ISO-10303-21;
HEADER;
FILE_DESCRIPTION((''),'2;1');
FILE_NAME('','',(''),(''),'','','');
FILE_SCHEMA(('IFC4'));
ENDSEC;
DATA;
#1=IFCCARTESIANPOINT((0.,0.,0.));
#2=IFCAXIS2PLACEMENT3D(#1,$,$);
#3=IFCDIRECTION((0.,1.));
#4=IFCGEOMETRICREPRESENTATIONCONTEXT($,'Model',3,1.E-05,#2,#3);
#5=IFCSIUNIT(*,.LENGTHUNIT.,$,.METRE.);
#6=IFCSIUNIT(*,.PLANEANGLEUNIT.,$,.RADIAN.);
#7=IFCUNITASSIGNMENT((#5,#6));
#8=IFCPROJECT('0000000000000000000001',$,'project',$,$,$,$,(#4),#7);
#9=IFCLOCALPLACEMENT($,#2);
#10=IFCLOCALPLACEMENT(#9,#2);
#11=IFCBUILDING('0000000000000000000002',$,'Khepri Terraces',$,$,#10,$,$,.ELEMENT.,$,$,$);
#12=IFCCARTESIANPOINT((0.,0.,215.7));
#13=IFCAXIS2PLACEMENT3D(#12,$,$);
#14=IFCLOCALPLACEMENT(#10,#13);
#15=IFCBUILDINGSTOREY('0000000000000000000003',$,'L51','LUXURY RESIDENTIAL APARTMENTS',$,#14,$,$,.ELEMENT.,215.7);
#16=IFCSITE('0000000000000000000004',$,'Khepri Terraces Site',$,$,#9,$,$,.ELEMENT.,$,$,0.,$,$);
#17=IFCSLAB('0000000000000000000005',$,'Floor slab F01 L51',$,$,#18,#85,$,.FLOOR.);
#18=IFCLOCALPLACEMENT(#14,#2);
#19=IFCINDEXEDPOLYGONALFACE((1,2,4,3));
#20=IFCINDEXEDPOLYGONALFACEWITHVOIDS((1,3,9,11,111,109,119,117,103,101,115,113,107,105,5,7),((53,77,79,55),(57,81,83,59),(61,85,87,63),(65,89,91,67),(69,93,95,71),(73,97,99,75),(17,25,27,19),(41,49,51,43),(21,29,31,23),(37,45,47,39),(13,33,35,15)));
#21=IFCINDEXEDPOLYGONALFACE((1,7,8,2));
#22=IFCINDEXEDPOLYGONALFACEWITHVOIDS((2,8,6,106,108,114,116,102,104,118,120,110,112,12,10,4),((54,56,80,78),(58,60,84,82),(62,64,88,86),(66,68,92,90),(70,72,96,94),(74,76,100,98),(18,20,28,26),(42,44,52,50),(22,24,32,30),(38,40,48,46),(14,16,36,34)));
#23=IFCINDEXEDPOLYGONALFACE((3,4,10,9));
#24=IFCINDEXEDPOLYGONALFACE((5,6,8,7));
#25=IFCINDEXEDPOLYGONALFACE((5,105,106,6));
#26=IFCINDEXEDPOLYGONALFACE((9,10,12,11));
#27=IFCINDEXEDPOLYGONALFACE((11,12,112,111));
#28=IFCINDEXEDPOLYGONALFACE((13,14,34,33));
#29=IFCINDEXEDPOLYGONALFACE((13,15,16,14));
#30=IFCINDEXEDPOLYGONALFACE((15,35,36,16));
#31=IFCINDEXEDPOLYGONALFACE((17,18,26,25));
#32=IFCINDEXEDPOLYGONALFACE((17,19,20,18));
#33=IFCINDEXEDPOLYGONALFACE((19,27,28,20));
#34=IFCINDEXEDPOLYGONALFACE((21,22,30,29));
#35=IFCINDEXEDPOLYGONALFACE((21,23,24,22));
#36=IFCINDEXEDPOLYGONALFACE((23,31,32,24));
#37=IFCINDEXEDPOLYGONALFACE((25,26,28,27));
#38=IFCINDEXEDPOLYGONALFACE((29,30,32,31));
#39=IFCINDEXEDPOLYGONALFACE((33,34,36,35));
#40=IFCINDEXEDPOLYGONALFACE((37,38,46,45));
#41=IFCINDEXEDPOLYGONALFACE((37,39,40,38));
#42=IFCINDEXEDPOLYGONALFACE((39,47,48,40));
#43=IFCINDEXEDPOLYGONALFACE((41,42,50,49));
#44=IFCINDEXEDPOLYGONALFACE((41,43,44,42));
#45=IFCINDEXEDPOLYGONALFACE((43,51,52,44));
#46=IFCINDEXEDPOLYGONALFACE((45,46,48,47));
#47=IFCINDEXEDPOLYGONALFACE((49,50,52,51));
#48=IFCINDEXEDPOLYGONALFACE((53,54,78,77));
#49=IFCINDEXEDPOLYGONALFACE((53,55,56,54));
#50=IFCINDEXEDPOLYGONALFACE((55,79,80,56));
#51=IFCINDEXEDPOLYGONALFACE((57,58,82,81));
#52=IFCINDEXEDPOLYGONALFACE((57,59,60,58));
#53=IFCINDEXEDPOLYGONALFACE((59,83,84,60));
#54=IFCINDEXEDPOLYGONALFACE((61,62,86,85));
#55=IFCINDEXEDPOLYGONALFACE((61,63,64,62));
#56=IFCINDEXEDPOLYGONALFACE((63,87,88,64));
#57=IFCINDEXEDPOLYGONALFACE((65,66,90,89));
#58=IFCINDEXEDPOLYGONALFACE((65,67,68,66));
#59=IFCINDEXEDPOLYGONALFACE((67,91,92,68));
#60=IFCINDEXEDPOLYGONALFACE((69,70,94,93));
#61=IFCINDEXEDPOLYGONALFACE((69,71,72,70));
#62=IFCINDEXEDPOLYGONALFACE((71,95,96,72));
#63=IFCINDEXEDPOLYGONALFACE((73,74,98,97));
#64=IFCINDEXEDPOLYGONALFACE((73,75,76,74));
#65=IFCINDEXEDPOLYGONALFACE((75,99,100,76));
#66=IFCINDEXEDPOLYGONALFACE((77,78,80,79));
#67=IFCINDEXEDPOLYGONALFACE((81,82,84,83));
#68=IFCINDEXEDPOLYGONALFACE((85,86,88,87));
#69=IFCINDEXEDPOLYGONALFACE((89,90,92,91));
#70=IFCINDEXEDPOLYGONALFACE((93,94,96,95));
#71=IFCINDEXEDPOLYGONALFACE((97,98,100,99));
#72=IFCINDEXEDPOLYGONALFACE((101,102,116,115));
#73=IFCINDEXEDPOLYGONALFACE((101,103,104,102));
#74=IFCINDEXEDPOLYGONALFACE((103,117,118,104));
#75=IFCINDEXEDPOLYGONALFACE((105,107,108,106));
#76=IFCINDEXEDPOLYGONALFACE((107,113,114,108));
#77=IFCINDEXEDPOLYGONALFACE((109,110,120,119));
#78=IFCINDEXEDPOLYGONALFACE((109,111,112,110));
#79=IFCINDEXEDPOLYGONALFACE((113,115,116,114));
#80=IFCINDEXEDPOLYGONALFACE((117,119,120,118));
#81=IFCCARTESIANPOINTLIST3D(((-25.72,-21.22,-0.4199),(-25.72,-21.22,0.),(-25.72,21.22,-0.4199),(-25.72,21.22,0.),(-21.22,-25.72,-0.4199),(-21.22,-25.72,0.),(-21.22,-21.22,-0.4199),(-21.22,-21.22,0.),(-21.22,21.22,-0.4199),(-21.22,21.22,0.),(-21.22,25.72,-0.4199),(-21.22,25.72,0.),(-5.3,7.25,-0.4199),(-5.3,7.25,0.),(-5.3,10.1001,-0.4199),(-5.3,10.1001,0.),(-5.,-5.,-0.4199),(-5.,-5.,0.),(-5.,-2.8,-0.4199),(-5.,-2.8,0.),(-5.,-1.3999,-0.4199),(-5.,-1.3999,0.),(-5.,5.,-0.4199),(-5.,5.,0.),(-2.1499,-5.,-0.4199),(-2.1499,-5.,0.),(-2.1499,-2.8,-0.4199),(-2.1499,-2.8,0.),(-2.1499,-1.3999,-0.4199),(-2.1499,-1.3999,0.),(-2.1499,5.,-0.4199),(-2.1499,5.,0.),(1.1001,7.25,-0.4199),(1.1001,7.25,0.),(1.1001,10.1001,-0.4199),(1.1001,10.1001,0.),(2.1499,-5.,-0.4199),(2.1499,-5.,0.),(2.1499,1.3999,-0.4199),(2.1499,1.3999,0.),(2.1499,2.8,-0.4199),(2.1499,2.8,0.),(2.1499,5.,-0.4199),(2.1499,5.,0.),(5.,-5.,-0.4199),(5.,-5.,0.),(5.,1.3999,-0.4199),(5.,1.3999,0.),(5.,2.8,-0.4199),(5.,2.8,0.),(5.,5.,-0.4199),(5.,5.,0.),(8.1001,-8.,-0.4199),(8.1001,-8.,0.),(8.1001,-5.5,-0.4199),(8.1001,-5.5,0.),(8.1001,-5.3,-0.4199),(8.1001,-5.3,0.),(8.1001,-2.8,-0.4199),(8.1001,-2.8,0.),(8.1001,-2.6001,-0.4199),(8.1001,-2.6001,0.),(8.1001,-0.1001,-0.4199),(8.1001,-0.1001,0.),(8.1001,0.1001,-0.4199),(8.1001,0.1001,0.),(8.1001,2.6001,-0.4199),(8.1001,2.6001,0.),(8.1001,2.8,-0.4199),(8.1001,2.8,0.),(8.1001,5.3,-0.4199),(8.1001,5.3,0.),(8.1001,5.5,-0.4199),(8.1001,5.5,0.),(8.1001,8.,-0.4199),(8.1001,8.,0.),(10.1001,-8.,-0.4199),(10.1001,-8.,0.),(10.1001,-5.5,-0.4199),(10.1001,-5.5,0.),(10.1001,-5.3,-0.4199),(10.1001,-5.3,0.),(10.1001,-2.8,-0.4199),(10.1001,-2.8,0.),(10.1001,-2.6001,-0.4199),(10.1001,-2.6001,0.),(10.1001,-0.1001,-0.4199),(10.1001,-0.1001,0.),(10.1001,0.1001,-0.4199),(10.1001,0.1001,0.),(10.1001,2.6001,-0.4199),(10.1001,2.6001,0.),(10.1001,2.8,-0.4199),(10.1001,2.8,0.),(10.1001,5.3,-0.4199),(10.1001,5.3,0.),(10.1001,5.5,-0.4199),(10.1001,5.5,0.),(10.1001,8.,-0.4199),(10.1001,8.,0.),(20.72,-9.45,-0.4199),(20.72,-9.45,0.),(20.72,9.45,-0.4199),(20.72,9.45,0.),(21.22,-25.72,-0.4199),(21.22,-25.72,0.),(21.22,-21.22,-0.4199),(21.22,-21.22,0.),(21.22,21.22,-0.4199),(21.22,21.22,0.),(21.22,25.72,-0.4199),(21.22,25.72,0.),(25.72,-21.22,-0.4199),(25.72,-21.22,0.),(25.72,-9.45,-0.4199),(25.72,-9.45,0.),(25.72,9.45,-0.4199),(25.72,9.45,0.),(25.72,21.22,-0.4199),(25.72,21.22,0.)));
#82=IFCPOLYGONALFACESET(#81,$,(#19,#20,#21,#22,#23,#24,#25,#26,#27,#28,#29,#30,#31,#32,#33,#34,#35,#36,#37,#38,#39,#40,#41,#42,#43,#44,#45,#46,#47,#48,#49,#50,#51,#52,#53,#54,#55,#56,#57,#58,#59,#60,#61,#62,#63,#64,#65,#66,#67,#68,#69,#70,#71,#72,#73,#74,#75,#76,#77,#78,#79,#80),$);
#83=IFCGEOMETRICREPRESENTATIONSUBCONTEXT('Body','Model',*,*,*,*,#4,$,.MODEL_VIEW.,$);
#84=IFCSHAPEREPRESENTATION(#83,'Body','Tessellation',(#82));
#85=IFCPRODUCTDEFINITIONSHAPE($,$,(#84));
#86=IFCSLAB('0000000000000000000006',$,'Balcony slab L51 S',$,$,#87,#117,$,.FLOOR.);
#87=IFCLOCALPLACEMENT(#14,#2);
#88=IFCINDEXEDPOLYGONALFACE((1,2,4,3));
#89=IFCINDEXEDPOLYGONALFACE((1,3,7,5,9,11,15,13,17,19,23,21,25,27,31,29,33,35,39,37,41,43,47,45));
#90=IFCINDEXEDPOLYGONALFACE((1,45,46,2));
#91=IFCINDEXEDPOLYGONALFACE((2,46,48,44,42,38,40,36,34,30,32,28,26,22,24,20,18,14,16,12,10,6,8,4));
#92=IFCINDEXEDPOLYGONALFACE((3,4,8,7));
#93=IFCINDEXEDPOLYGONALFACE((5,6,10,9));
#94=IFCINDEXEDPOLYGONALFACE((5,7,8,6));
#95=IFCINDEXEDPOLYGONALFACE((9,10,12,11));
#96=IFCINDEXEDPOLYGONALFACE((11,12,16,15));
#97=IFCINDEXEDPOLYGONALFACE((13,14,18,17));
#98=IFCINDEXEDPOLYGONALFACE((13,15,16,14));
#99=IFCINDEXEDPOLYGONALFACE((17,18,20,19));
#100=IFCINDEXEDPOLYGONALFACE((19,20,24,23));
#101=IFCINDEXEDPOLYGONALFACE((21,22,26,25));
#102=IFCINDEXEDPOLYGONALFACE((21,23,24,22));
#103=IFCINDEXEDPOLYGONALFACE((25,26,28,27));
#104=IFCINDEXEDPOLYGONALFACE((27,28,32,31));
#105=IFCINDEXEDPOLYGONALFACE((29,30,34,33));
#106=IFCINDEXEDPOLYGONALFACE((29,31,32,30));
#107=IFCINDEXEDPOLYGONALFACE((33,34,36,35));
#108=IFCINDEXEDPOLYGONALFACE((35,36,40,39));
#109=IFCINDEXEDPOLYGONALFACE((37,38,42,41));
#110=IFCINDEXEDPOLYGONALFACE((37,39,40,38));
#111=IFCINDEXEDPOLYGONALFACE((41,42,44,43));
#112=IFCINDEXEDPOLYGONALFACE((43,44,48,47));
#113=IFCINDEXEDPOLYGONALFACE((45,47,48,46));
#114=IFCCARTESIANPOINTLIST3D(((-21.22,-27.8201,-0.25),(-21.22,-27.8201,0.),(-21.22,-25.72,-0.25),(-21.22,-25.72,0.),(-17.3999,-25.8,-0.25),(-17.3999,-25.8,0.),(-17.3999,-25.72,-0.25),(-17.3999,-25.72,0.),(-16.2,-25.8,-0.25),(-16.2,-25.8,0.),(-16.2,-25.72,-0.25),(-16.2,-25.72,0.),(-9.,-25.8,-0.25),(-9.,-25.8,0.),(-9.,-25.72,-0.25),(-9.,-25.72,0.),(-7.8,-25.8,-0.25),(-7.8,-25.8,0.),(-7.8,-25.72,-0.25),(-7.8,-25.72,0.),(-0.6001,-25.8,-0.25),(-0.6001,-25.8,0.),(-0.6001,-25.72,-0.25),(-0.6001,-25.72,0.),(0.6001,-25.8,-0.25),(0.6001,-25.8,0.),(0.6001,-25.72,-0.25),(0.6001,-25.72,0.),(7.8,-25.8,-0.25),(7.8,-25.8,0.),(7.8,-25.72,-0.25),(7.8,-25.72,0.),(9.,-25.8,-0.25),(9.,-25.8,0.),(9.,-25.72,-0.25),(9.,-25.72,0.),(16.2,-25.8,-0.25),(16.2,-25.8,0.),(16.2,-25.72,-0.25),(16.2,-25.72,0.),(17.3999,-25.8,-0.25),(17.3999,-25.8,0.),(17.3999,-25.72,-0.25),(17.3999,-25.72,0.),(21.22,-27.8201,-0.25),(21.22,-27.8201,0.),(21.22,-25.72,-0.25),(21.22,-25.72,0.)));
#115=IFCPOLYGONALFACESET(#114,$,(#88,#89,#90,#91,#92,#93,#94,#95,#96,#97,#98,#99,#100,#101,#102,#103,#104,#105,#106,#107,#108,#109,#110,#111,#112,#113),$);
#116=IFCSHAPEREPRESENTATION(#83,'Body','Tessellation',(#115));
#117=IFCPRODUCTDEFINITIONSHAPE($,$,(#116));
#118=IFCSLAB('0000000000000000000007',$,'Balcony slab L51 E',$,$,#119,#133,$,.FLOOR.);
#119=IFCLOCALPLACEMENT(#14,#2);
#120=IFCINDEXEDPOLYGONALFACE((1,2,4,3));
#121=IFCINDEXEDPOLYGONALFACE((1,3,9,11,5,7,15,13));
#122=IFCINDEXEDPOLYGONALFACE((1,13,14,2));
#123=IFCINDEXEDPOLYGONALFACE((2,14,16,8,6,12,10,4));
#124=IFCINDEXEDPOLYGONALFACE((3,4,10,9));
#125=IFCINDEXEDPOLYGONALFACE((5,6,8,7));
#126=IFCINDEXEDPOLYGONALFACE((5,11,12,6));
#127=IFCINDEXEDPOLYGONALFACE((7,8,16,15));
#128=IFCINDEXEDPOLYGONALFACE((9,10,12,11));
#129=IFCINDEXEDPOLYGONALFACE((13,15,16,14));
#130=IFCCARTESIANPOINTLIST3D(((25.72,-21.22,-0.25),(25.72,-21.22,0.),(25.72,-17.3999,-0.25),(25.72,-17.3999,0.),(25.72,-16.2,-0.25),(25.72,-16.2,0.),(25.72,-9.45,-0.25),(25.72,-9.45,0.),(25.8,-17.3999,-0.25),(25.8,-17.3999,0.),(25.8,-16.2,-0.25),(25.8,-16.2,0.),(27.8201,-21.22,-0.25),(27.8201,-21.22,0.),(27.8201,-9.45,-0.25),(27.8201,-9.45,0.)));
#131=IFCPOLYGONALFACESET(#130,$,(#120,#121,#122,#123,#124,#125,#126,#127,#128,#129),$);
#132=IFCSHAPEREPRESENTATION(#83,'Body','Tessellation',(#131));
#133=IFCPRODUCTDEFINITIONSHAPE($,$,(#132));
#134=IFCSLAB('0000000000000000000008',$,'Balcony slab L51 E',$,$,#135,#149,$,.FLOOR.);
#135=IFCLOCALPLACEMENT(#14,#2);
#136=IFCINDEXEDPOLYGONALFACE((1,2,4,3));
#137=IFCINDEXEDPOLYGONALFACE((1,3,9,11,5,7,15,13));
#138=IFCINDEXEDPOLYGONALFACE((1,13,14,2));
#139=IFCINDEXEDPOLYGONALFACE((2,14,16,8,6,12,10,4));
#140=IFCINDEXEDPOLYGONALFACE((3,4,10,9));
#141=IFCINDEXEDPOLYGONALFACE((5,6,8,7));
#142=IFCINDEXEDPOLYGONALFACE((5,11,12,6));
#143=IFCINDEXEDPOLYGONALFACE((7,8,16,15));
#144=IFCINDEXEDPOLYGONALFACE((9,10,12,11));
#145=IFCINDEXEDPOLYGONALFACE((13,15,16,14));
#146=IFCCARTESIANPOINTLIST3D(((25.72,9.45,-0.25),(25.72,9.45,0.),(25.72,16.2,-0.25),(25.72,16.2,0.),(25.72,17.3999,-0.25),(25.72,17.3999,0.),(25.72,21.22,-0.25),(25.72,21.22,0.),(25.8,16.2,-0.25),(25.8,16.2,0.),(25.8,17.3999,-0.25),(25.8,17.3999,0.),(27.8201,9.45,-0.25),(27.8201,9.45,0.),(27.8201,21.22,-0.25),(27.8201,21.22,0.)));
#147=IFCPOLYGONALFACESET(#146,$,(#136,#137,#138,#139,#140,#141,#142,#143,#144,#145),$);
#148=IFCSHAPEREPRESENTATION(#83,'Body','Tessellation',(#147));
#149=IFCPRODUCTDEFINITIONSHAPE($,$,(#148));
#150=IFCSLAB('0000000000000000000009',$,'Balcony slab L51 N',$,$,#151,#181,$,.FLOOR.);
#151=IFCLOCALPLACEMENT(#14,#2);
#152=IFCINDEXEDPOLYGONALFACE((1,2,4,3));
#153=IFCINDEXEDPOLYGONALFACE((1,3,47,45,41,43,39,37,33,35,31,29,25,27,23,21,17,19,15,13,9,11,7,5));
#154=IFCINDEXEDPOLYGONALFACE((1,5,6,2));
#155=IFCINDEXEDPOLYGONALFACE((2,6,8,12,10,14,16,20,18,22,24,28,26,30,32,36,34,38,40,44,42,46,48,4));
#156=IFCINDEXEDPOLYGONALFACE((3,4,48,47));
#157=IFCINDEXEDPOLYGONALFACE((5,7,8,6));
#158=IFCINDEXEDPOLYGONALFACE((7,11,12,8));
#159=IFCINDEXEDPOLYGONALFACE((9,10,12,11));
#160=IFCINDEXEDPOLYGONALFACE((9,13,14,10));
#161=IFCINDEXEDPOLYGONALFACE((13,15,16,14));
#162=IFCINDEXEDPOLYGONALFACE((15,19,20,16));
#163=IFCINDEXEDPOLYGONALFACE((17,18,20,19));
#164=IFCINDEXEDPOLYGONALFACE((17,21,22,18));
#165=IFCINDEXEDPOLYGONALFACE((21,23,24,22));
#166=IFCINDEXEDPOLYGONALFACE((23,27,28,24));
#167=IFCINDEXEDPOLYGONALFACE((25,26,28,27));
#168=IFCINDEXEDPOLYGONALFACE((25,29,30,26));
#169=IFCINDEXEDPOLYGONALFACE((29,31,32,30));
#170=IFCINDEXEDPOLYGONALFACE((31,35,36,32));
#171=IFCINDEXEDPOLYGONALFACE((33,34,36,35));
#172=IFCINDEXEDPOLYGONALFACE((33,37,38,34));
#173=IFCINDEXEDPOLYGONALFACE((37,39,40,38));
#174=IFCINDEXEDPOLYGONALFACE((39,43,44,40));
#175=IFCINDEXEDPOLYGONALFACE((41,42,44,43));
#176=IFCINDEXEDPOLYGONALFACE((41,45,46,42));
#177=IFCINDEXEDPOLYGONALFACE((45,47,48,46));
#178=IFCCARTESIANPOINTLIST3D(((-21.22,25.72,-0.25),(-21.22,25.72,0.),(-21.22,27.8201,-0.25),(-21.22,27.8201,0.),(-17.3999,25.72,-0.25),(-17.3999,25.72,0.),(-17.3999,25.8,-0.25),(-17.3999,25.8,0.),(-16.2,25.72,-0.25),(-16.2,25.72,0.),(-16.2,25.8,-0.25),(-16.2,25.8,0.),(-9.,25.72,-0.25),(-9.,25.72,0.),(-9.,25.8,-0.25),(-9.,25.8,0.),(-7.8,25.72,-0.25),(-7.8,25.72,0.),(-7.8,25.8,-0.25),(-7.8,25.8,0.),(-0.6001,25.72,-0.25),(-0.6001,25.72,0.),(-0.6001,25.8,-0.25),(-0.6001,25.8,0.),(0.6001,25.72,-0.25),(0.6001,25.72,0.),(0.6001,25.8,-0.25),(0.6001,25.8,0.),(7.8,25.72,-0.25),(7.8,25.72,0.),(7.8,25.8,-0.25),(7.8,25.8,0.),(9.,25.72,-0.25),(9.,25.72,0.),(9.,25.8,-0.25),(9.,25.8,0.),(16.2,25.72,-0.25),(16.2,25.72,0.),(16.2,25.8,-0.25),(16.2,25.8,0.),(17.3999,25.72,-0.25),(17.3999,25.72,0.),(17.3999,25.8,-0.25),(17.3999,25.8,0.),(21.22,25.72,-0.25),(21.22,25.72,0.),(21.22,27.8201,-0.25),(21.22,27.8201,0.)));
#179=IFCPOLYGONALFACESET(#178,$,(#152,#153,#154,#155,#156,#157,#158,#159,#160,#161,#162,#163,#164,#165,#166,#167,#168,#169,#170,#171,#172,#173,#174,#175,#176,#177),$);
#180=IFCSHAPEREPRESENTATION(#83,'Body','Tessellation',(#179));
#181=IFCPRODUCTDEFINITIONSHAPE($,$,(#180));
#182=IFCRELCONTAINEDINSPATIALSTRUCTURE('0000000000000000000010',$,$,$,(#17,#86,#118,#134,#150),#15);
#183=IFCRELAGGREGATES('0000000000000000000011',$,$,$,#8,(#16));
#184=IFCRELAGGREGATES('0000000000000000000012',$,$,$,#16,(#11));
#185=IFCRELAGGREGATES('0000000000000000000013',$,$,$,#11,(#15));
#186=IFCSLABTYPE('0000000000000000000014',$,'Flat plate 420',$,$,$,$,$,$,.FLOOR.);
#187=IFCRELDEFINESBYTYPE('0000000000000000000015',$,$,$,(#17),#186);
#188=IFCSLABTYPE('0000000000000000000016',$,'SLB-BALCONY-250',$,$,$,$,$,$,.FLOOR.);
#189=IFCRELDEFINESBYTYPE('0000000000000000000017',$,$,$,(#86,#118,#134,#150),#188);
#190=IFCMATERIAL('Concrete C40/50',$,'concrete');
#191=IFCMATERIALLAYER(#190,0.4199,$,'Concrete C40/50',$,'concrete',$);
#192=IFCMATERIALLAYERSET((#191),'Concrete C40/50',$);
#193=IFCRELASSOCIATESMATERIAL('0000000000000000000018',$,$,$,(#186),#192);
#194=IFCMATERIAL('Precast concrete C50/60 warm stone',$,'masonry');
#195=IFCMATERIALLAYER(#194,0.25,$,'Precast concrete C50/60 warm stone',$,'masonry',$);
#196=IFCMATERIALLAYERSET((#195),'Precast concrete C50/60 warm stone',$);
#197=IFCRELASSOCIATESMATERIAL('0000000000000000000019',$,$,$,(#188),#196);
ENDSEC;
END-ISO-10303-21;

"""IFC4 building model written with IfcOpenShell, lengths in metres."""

from ifc_helpers import new_model, si_unit, direction, frame, origin, place, context, subcontext, project, spatial, polyline, outline, extrude, material, layer, layer_set, type_object, element, save


model = new_model("IFC4")

# Units and contexts
model_context = context("Model", 3, precision=1e-05, world=origin(), true_north=direction((0.0, 1.0)))
body_context = subcontext(model_context, "Body", "Model", "MODEL_VIEW")
ifc_project = project(units=[si_unit("LENGTHUNIT", "METRE"), si_unit("PLANEANGLEUNIT", "RADIAN")], contexts=[model_context])

# Site, building, storey
site_placement = place(None, origin())
site = spatial("IfcSite", under=ifc_project, at=site_placement, Name="Khepri Terraces Site", CompositionType="ELEMENT", RefElevation=0.0)
building_placement = place(site_placement, origin())
building = spatial("IfcBuilding", under=site, at=building_placement, Name="Khepri Terraces", CompositionType="ELEMENT")
storey_placement = place(building_placement, frame((0.0, 0.0, 215.7)))
storey = spatial("IfcBuildingStorey", under=building, at=storey_placement, Name="L51", Description="LUXURY RESIDENTIAL APARTMENTS", CompositionType="ELEMENT", Elevation=215.7)

# Slabs
ifc_material_1 = material(Name="Concrete C40/50", Category="concrete")
ifc_layer_1 = layer(ifc_material_1, 0.4199, Name="Concrete C40/50", Category="concrete")
ifc_layer_set_1 = layer_set([ifc_layer_1], Name="Concrete C40/50")
slab_type_1 = type_object("IfcSlabType", Name="Flat plate 420", PredefinedType="FLOOR", material=ifc_layer_set_1)
slab_1_placement = place(storey_placement, frame((0.0, 0.0, -0.4199)))
element("IfcSlab", 1, at=slab_1_placement, inside=storey, type_object=slab_type_1, Name="Floor slab F01 L51", PredefinedType="FLOOR", context=body_context, shape_type="SweptSolid", body=[
    extrude(outline(polyline([(25.72, 9.45), (20.72, 9.45), (20.72, -9.45), (25.72, -9.45), (25.72, -21.22), (21.22, -21.22), (21.22, -25.72), (-21.22, -25.72), (-21.22, -21.22), (-25.72, -21.22), (-25.72, 21.22), (-21.22, 21.22), (-21.22, 25.72), (21.22, 25.72), (21.22, 21.22), (25.72, 21.22), (25.72, 9.45)]), holes=[polyline([(2.1499, 2.8), (5.0, 2.8), (5.0, 5.0), (2.1499, 5.0), (2.1499, 2.8)]), polyline([(-5.0, -2.8), (-5.0, -5.0), (-2.1499, -5.0), (-2.1499, -2.8), (-5.0, -2.8)]), polyline([(10.1001, -5.5), (8.1001, -5.5), (8.1001, -8.0), (10.1001, -8.0), (10.1001, -5.5)]), polyline([(10.1001, -5.3), (10.1001, -2.8), (8.1001, -2.8), (8.1001, -5.3), (10.1001, -5.3)]), polyline([(8.1001, -2.6001), (10.1001, -2.6001), (10.1001, -0.1001), (8.1001, -0.1001), (8.1001, -2.6001)]), polyline([(8.1001, 2.6001), (8.1001, 0.1001), (10.1001, 0.1001), (10.1001, 2.6001), (8.1001, 2.6001)]), polyline([(10.1001, 5.3), (8.1001, 5.3), (8.1001, 2.8), (10.1001, 2.8), (10.1001, 5.3)]), polyline([(10.1001, 5.5), (10.1001, 8.0), (8.1001, 8.0), (8.1001, 5.5), (10.1001, 5.5)]), polyline([(-5.0, -1.3999), (-2.1499, -1.3999), (-2.1499, 5.0), (-5.0, 5.0), (-5.0, -1.3999)]), polyline([(5.0, -5.0), (5.0, 1.3999), (2.1499, 1.3999), (2.1499, -5.0), (5.0, -5.0)]), polyline([(-5.3, 10.1001), (-5.3, 7.25), (1.1001, 7.25), (1.1001, 10.1001), (-5.3, 10.1001)])]), origin(), (0.0, 0.0, 1.0), 0.4199),
])
ifc_material_2 = material(Name="Precast concrete C50/60 warm stone", Category="masonry")
ifc_layer_2 = layer(ifc_material_2, 0.25, Name="Precast concrete C50/60 warm stone", Category="masonry")
ifc_layer_set_2 = layer_set([ifc_layer_2], Name="Precast concrete C50/60 warm stone")
slab_type_2 = type_object("IfcSlabType", Name="SLB-BALCONY-250", PredefinedType="FLOOR", material=ifc_layer_set_2)
slab_2_placement = place(storey_placement, frame((0.0, 0.0, -0.25)))
element("IfcSlab", 2, at=slab_2_placement, inside=storey, type_object=slab_type_2, Name="Balcony slab L51 S", PredefinedType="FLOOR", context=body_context, shape_type="SweptSolid", body=[
    extrude(outline(polyline([(-17.3999, -25.72), (-21.22, -25.72), (-21.22, -27.8201), (21.22, -27.8201), (21.22, -25.72), (17.3999, -25.72), (17.3999, -25.8), (16.2, -25.8), (16.2, -25.72), (9.0, -25.72), (9.0, -25.8), (7.8, -25.8), (7.8, -25.72), (0.6001, -25.72), (0.6001, -25.8), (-0.6001, -25.8), (-0.6001, -25.72), (-7.8, -25.72), (-7.8, -25.8), (-9.0, -25.8), (-9.0, -25.72), (-16.2, -25.72), (-16.2, -25.8), (-17.3999, -25.8), (-17.3999, -25.72)])), origin(), (0.0, 0.0, 1.0), 0.25),
])
slab_3_placement = place(storey_placement, frame((0.0, 0.0, -0.25)))
element("IfcSlab", 3, at=slab_3_placement, inside=storey, type_object=slab_type_2, Name="Balcony slab L51 E", PredefinedType="FLOOR", context=body_context, shape_type="SweptSolid", body=[
    extrude(outline(polyline([(25.72, -17.3999), (25.72, -21.22), (27.8201, -21.22), (27.8201, -9.45), (25.72, -9.45), (25.72, -16.2), (25.8, -16.2), (25.8, -17.3999), (25.72, -17.3999)])), origin(), (0.0, 0.0, 1.0), 0.25),
])
slab_4_placement = place(storey_placement, frame((0.0, 0.0, -0.25)))
element("IfcSlab", 4, at=slab_4_placement, inside=storey, type_object=slab_type_2, Name="Balcony slab L51 E", PredefinedType="FLOOR", context=body_context, shape_type="SweptSolid", body=[
    extrude(outline(polyline([(25.72, 16.2), (25.72, 9.45), (27.8201, 9.45), (27.8201, 21.22), (25.72, 21.22), (25.72, 17.3999), (25.8, 17.3999), (25.8, 16.2), (25.72, 16.2)])), origin(), (0.0, 0.0, 1.0), 0.25),
])
slab_5_placement = place(storey_placement, frame((0.0, 0.0, -0.25)))
element("IfcSlab", 5, at=slab_5_placement, inside=storey, type_object=slab_type_2, Name="Balcony slab L51 N", PredefinedType="FLOOR", context=body_context, shape_type="SweptSolid", body=[
    extrude(outline(polyline([(17.3999, 25.72), (21.22, 25.72), (21.22, 27.8201), (-21.22, 27.8201), (-21.22, 25.72), (-17.3999, 25.72), (-17.3999, 25.8), (-16.2, 25.8), (-16.2, 25.72), (-9.0, 25.72), (-9.0, 25.8), (-7.8, 25.8), (-7.8, 25.72), (-0.6001, 25.72), (-0.6001, 25.8), (0.6001, 25.8), (0.6001, 25.72), (7.8, 25.72), (7.8, 25.8), (9.0, 25.8), (9.0, 25.72), (16.2, 25.72), (16.2, 25.8), (17.3999, 25.8), (17.3999, 25.72)])), origin(), (0.0, 0.0, 1.0), 0.25),
])

save(model, "model.ifc")
